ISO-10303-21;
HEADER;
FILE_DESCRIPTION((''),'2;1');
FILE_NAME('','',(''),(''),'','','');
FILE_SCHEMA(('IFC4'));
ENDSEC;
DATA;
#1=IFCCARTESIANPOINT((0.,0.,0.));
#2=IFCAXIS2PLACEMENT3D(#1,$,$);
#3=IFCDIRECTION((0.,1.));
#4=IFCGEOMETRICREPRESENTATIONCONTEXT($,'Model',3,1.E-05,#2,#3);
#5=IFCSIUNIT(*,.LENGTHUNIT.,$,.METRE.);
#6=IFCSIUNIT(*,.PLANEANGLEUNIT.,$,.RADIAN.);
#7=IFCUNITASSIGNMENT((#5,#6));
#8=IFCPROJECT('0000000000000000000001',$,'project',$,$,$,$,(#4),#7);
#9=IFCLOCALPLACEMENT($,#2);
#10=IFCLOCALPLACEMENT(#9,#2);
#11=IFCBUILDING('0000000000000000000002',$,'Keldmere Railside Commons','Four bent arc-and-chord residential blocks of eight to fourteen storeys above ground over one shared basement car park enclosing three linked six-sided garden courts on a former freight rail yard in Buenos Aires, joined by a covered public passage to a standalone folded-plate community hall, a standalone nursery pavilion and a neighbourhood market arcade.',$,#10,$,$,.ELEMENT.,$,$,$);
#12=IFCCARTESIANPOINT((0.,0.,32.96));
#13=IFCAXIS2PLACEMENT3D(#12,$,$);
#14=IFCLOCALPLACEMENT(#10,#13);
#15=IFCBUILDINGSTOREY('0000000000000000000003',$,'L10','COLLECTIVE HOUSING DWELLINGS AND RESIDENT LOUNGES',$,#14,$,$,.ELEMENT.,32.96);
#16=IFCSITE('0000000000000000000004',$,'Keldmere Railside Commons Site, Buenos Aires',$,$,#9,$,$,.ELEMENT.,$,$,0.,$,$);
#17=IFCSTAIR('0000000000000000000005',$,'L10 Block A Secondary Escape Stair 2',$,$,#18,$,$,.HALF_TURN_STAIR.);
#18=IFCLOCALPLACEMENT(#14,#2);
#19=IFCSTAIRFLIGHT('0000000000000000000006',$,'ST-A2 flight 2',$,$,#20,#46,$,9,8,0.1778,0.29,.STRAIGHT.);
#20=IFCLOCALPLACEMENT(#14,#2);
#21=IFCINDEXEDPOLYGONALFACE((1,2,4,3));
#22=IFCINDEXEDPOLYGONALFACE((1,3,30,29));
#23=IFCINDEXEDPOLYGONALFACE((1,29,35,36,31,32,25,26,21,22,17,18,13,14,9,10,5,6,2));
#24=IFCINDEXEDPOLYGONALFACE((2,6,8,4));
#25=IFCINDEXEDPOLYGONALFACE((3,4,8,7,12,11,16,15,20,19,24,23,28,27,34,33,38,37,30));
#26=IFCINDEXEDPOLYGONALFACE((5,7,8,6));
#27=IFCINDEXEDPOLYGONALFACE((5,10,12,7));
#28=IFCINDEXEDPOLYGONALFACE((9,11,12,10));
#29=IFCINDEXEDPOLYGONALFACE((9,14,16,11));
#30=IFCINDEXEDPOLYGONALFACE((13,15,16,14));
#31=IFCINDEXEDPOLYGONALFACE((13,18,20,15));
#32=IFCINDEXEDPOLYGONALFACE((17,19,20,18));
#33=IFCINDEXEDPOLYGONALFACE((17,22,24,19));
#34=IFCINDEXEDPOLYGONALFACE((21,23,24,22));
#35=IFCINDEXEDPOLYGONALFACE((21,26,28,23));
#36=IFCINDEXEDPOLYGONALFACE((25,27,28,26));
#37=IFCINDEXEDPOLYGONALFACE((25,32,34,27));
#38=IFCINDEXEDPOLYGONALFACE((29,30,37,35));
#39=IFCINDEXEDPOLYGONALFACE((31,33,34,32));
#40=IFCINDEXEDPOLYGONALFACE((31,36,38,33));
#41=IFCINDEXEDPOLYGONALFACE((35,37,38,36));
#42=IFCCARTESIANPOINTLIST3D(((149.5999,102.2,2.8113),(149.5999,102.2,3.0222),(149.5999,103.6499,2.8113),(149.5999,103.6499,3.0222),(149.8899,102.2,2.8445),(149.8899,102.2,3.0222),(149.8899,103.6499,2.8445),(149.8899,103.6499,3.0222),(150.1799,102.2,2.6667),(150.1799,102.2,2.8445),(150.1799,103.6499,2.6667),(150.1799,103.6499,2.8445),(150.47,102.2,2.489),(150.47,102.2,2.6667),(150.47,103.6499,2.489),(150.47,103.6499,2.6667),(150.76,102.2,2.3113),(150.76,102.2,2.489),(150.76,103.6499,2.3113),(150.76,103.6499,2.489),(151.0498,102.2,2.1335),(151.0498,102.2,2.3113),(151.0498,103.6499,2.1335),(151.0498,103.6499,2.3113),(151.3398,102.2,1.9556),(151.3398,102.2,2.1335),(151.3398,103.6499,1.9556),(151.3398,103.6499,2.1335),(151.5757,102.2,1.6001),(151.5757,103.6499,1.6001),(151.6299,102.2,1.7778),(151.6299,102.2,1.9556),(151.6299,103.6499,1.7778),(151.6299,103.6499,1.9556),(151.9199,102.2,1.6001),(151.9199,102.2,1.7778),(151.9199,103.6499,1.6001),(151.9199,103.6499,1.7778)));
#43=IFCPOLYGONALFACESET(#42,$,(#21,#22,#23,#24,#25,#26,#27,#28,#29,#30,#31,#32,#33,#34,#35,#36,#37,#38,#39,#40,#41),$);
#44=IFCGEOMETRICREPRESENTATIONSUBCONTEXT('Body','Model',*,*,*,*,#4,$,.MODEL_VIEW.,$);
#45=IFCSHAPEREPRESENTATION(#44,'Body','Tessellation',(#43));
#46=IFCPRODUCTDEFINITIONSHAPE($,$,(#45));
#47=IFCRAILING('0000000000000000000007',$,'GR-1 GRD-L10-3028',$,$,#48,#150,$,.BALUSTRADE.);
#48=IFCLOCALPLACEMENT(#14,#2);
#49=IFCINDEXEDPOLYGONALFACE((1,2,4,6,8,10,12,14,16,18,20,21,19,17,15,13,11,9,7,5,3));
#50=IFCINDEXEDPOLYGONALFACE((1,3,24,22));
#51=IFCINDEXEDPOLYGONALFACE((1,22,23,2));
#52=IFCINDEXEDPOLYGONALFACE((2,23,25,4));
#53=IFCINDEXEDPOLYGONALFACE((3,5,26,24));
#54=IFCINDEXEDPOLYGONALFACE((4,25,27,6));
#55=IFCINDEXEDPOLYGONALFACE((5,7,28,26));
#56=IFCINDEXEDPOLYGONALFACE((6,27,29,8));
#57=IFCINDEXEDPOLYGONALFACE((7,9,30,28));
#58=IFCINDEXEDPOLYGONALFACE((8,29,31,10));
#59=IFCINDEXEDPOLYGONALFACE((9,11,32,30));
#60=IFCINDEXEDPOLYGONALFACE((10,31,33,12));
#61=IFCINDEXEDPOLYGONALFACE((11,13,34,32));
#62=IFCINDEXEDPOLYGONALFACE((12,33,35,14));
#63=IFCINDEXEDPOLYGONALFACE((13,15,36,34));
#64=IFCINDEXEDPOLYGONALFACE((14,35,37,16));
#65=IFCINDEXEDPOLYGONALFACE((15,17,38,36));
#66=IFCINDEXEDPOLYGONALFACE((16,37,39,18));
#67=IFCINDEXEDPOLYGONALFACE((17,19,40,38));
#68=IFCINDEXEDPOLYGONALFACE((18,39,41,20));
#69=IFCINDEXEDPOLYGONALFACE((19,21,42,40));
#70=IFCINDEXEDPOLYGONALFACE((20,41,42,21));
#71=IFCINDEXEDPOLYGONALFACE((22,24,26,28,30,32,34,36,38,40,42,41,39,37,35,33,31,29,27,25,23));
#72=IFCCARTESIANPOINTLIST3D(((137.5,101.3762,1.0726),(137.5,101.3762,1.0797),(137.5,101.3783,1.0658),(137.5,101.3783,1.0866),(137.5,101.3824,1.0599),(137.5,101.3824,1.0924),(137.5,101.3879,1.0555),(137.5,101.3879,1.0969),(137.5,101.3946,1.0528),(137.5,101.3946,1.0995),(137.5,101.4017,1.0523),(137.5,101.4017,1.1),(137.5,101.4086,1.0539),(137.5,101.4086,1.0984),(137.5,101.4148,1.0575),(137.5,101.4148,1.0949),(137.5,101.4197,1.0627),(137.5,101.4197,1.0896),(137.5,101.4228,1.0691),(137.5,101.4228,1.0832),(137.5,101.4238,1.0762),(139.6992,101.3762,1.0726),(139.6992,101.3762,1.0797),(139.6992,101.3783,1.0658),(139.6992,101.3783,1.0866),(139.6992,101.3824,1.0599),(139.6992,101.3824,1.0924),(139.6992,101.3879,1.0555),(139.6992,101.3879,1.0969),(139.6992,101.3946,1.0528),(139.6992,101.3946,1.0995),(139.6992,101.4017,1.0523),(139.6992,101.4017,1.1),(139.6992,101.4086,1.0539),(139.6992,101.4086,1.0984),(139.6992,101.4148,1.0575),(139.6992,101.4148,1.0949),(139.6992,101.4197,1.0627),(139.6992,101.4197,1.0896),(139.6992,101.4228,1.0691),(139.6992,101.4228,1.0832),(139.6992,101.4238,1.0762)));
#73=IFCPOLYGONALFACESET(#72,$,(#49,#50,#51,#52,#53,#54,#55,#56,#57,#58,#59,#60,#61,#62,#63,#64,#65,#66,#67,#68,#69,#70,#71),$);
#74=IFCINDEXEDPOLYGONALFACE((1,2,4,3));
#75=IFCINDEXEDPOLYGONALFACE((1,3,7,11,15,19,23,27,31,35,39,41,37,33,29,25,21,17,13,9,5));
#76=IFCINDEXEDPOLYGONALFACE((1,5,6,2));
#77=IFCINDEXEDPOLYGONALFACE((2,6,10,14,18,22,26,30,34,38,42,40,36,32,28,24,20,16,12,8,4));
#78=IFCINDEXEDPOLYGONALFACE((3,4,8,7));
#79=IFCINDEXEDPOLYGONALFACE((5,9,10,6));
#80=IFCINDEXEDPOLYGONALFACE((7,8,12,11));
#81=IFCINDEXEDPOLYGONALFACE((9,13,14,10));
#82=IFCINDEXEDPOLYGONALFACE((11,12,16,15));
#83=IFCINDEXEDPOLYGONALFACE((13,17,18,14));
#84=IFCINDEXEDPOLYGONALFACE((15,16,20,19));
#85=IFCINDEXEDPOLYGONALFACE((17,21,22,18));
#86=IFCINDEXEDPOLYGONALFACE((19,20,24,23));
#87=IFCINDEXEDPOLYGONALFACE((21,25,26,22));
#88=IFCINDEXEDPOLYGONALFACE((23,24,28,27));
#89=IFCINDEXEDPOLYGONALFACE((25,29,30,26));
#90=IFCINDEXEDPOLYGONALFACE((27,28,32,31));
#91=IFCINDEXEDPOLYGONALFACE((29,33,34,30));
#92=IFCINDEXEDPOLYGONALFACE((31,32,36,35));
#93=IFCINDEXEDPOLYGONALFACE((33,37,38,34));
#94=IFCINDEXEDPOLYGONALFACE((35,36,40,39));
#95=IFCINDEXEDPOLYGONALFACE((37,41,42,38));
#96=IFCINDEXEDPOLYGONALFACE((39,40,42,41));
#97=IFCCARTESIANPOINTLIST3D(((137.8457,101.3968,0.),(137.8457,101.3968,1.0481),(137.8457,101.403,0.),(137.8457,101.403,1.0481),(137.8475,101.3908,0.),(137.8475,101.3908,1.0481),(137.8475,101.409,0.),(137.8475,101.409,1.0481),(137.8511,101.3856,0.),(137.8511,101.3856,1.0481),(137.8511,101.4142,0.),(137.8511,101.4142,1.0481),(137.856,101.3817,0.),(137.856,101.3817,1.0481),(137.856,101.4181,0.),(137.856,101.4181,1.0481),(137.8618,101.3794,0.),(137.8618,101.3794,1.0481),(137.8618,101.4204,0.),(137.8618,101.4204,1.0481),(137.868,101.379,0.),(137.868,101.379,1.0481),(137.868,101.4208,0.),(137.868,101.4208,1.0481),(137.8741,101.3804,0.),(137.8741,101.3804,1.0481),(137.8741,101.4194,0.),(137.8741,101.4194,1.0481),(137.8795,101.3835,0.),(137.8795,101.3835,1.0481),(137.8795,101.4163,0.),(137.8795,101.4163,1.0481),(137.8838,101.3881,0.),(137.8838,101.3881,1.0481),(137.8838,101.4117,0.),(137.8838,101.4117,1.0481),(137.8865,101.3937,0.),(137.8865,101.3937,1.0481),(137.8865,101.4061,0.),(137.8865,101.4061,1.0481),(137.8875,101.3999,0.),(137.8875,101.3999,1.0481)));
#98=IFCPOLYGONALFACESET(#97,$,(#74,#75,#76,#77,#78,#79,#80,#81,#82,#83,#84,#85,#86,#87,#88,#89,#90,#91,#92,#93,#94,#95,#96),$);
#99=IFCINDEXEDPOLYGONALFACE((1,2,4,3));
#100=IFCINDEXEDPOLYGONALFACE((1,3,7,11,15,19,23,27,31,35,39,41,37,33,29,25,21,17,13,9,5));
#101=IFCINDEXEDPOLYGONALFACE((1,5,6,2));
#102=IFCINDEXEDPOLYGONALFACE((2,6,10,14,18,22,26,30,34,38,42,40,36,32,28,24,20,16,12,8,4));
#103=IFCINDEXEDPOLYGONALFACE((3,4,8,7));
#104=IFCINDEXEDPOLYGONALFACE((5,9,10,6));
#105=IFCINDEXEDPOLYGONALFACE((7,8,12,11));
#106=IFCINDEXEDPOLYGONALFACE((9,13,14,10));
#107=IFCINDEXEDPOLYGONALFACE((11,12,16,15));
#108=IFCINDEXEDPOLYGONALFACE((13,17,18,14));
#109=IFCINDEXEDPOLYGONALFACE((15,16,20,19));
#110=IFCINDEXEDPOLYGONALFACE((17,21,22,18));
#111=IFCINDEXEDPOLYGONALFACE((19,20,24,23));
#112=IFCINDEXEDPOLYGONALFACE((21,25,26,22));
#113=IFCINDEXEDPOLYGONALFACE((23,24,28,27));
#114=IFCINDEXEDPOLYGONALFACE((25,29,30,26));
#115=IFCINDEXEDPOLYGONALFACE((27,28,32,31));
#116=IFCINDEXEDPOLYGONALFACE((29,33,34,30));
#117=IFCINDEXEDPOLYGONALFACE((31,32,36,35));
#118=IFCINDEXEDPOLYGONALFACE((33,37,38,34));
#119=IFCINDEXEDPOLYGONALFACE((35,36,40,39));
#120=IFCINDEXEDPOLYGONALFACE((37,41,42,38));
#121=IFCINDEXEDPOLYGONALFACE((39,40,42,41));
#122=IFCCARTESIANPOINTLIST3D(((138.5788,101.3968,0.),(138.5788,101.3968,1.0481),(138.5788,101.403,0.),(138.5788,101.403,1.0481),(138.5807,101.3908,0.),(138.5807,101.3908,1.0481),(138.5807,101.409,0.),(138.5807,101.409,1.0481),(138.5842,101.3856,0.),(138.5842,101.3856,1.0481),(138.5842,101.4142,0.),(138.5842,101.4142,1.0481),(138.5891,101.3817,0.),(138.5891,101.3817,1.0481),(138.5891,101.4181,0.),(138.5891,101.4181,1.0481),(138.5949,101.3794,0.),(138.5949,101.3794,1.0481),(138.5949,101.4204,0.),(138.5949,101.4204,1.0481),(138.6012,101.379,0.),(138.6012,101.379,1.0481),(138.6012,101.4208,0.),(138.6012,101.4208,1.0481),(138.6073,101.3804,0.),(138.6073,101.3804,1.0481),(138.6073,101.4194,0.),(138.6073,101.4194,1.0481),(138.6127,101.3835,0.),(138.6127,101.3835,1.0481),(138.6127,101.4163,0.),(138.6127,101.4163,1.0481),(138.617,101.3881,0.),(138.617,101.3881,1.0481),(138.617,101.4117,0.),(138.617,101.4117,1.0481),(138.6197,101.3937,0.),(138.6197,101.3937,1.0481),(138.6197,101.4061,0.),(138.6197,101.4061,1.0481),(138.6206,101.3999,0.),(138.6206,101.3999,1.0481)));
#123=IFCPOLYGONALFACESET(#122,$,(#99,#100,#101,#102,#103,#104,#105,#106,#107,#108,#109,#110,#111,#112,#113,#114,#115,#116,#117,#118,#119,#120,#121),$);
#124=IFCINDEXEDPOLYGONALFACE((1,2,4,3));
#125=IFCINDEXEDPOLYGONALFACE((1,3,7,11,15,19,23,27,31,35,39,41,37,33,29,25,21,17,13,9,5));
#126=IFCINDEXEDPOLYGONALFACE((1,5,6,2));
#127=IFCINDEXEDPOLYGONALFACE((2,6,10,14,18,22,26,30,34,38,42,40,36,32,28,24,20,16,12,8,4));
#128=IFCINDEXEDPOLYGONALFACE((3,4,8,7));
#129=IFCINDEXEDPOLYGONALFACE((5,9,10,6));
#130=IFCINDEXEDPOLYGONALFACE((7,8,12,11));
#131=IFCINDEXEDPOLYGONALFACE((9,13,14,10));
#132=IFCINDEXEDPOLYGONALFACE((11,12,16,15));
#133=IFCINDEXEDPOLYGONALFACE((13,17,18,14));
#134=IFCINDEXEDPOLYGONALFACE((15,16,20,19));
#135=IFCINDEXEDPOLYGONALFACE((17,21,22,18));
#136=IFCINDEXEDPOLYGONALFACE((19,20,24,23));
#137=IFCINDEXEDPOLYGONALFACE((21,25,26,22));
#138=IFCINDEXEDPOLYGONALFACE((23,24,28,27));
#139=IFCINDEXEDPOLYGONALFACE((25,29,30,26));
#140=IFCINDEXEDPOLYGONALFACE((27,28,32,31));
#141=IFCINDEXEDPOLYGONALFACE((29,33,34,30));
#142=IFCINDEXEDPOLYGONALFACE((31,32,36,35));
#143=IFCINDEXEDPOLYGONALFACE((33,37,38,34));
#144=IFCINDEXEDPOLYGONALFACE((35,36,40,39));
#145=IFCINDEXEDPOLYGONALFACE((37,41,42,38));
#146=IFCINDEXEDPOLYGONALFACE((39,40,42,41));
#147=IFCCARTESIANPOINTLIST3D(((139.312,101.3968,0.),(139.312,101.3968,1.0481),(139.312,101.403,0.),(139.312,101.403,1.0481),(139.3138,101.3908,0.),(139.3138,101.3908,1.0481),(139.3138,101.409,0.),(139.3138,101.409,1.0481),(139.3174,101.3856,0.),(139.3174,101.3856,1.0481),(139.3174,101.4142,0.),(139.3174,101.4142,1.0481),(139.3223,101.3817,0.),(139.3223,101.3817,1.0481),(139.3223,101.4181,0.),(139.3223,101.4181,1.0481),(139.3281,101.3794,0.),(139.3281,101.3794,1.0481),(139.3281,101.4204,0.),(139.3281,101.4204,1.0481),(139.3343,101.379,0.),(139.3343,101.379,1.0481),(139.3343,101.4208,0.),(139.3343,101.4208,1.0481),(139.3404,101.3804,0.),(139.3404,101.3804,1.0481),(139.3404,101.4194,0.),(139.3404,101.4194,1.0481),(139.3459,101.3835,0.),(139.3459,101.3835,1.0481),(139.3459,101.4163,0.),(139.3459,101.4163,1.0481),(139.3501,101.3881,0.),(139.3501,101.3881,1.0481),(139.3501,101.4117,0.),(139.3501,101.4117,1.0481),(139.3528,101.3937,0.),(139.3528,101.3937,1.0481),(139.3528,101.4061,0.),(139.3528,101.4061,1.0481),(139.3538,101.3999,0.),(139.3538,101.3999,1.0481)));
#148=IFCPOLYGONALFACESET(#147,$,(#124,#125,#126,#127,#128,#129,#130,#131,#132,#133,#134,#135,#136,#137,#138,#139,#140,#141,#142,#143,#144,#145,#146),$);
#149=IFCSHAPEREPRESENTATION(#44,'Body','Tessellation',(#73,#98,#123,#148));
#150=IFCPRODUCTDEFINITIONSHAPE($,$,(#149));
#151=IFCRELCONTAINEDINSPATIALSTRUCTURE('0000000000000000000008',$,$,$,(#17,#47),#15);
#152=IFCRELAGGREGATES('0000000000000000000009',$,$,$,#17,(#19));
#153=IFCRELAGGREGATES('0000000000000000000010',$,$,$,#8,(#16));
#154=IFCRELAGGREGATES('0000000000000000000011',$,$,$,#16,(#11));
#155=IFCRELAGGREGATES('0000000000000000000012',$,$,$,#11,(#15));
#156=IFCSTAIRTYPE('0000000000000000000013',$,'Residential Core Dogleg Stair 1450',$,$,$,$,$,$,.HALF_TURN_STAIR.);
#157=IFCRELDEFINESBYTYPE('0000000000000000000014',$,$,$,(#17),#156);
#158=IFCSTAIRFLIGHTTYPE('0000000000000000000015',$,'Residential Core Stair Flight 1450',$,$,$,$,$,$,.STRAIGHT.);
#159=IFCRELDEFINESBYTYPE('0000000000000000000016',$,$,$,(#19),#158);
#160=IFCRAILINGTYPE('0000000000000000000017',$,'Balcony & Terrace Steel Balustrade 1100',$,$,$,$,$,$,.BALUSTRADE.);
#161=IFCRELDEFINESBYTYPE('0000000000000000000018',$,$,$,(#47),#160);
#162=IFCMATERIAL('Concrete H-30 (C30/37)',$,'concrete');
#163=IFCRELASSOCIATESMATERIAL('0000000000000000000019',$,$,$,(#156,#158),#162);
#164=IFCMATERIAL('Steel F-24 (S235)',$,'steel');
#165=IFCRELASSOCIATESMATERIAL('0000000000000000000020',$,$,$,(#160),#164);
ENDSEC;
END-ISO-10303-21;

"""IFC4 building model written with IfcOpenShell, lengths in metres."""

from ifc_helpers import new_model, si_unit, direction, frame, origin, origin_2d, place, context, subcontext, project, spatial, polyline, circle, outline, extrude, material, type_object, element, aggregate, save


model = new_model("IFC4")

# Units and contexts
model_context = context("Model", 3, precision=1e-05, world=origin(), true_north=direction((0.0, 1.0)))
body_context = subcontext(model_context, "Body", "Model", "MODEL_VIEW")
ifc_project = project(units=[si_unit("LENGTHUNIT", "METRE"), si_unit("PLANEANGLEUNIT", "RADIAN")], contexts=[model_context])

# Site, building, storey
site_placement = place(None, origin())
site = spatial("IfcSite", under=ifc_project, at=site_placement, Name="Keldmere Railside Commons Site, Buenos Aires", CompositionType="ELEMENT", RefElevation=0.0)
building_placement = place(site_placement, origin())
building = spatial("IfcBuilding", under=site, at=building_placement, Name="Keldmere Railside Commons", Description="Four bent arc-and-chord residential blocks of eight to fourteen storeys above ground over one shared basement car park enclosing three linked six-sided garden courts on a former freight rail yard in Buenos Aires, joined by a covered public passage to a standalone folded-plate community hall, a standalone nursery pavilion and a neighbourhood market arcade.", CompositionType="ELEMENT")
storey_placement = place(building_placement, frame((0.0, 0.0, 32.96)))
storey = spatial("IfcBuildingStorey", under=building, at=storey_placement, Name="L10", Description="COLLECTIVE HOUSING DWELLINGS AND RESIDENT LOUNGES", CompositionType="ELEMENT", Elevation=32.96)

# Shared definitions
ifc_material_1 = material(Name="Steel F-24 (S235)", Category="steel")

# Stair, stair flight
ifc_material_2 = material(Name="Concrete H-30 (C30/37)", Category="concrete")
stair_type = type_object("IfcStairType", Name="Residential Core Dogleg Stair 1450", PredefinedType="HALF_TURN_STAIR", material=ifc_material_2)
stair_placement = place(storey_placement, origin())
stair = element("IfcStair", 1, at=stair_placement, inside=storey, type_object=stair_type, Name="L10 Block A Secondary Escape Stair 2", PredefinedType="HALF_TURN_STAIR")
stair_flight_type = type_object("IfcStairFlightType", Name="Residential Core Stair Flight 1450", PredefinedType="STRAIGHT", material=ifc_material_2)
stair_flight_1_placement = place(storey_placement, frame((151.9199, 102.925, 1.6001), z_axis=(0.0, 0.0, 1.0), x_axis=(-1.0, 0.0, 0.0)))
stair_flight_1 = element("IfcStairFlight", 2, at=stair_flight_1_placement, type_object=stair_flight_type, Name="ST-A2 flight 2", NumberOfRisers=9, NumberOfTreads=8, PredefinedType="STRAIGHT", RiserHeight=0.1778, TreadLength=0.29, context=body_context, shape_type="SweptSolid", body=[
    extrude(outline(polyline([(0.0, 0.0), (0.0, 0.1777), (0.29, 0.1777), (0.29, 0.3555), (0.5801, 0.3555), (0.5801, 0.5334), (0.8701, 0.5334), (0.8701, 0.7112), (1.1599, 0.7112), (1.1599, 0.8889), (1.45, 0.8889), (1.45, 1.0667), (1.74, 1.0667), (1.74, 1.2444), (2.03, 1.2444), (2.03, 1.4221), (2.3201, 1.4221), (2.3201, 1.6001), (2.3201, 1.2112), (0.3442, 0.0), (0.0, 0.0)])), frame((0.0, 0.7251, 0.0), z_axis=(0.0, -1.0, 0.0), x_axis=(1.0, 0.0, 0.0)), (0.0, 0.0, 1.0), 1.45),
])
aggregate(stair, [stair_flight_1])

# Railing
railing_type_1 = type_object("IfcRailingType", Name="Balcony & Terrace Steel Balustrade 1100", PredefinedType="BALUSTRADE", material=ifc_material_1)
railing_1_placement = place(storey_placement, frame((137.5, 101.3999, 0.0)))
element("IfcRailing", 3, at=railing_1_placement, inside=storey, type_object=railing_type_1, Name="GR-1 GRD-L10-3028", PredefinedType="BALUSTRADE", context=body_context, shape_type="SweptSolid", body=[
    extrude(circle(Radius=0.0239, at=origin_2d()), frame((0.0, 0.0, 1.0762), z_axis=(1.0, 0.0, 0.0), x_axis=(0.0, 1.0, 0.0)), (0.0, 0.0, 1.0), 2.1992),
    extrude(circle(Radius=0.021, at=origin_2d()), frame((0.3665, 0.0, 0.0)), (0.0, 0.0, 1.0), 1.0481),
    extrude(circle(Radius=0.021, at=origin_2d()), frame((1.0996, 0.0, 0.0)), (0.0, 0.0, 1.0), 1.0481),
    extrude(circle(Radius=0.021, at=origin_2d()), frame((1.8328, 0.0, 0.0)), (0.0, 0.0, 1.0), 1.0481),
])

save(model, "model.ifc")
